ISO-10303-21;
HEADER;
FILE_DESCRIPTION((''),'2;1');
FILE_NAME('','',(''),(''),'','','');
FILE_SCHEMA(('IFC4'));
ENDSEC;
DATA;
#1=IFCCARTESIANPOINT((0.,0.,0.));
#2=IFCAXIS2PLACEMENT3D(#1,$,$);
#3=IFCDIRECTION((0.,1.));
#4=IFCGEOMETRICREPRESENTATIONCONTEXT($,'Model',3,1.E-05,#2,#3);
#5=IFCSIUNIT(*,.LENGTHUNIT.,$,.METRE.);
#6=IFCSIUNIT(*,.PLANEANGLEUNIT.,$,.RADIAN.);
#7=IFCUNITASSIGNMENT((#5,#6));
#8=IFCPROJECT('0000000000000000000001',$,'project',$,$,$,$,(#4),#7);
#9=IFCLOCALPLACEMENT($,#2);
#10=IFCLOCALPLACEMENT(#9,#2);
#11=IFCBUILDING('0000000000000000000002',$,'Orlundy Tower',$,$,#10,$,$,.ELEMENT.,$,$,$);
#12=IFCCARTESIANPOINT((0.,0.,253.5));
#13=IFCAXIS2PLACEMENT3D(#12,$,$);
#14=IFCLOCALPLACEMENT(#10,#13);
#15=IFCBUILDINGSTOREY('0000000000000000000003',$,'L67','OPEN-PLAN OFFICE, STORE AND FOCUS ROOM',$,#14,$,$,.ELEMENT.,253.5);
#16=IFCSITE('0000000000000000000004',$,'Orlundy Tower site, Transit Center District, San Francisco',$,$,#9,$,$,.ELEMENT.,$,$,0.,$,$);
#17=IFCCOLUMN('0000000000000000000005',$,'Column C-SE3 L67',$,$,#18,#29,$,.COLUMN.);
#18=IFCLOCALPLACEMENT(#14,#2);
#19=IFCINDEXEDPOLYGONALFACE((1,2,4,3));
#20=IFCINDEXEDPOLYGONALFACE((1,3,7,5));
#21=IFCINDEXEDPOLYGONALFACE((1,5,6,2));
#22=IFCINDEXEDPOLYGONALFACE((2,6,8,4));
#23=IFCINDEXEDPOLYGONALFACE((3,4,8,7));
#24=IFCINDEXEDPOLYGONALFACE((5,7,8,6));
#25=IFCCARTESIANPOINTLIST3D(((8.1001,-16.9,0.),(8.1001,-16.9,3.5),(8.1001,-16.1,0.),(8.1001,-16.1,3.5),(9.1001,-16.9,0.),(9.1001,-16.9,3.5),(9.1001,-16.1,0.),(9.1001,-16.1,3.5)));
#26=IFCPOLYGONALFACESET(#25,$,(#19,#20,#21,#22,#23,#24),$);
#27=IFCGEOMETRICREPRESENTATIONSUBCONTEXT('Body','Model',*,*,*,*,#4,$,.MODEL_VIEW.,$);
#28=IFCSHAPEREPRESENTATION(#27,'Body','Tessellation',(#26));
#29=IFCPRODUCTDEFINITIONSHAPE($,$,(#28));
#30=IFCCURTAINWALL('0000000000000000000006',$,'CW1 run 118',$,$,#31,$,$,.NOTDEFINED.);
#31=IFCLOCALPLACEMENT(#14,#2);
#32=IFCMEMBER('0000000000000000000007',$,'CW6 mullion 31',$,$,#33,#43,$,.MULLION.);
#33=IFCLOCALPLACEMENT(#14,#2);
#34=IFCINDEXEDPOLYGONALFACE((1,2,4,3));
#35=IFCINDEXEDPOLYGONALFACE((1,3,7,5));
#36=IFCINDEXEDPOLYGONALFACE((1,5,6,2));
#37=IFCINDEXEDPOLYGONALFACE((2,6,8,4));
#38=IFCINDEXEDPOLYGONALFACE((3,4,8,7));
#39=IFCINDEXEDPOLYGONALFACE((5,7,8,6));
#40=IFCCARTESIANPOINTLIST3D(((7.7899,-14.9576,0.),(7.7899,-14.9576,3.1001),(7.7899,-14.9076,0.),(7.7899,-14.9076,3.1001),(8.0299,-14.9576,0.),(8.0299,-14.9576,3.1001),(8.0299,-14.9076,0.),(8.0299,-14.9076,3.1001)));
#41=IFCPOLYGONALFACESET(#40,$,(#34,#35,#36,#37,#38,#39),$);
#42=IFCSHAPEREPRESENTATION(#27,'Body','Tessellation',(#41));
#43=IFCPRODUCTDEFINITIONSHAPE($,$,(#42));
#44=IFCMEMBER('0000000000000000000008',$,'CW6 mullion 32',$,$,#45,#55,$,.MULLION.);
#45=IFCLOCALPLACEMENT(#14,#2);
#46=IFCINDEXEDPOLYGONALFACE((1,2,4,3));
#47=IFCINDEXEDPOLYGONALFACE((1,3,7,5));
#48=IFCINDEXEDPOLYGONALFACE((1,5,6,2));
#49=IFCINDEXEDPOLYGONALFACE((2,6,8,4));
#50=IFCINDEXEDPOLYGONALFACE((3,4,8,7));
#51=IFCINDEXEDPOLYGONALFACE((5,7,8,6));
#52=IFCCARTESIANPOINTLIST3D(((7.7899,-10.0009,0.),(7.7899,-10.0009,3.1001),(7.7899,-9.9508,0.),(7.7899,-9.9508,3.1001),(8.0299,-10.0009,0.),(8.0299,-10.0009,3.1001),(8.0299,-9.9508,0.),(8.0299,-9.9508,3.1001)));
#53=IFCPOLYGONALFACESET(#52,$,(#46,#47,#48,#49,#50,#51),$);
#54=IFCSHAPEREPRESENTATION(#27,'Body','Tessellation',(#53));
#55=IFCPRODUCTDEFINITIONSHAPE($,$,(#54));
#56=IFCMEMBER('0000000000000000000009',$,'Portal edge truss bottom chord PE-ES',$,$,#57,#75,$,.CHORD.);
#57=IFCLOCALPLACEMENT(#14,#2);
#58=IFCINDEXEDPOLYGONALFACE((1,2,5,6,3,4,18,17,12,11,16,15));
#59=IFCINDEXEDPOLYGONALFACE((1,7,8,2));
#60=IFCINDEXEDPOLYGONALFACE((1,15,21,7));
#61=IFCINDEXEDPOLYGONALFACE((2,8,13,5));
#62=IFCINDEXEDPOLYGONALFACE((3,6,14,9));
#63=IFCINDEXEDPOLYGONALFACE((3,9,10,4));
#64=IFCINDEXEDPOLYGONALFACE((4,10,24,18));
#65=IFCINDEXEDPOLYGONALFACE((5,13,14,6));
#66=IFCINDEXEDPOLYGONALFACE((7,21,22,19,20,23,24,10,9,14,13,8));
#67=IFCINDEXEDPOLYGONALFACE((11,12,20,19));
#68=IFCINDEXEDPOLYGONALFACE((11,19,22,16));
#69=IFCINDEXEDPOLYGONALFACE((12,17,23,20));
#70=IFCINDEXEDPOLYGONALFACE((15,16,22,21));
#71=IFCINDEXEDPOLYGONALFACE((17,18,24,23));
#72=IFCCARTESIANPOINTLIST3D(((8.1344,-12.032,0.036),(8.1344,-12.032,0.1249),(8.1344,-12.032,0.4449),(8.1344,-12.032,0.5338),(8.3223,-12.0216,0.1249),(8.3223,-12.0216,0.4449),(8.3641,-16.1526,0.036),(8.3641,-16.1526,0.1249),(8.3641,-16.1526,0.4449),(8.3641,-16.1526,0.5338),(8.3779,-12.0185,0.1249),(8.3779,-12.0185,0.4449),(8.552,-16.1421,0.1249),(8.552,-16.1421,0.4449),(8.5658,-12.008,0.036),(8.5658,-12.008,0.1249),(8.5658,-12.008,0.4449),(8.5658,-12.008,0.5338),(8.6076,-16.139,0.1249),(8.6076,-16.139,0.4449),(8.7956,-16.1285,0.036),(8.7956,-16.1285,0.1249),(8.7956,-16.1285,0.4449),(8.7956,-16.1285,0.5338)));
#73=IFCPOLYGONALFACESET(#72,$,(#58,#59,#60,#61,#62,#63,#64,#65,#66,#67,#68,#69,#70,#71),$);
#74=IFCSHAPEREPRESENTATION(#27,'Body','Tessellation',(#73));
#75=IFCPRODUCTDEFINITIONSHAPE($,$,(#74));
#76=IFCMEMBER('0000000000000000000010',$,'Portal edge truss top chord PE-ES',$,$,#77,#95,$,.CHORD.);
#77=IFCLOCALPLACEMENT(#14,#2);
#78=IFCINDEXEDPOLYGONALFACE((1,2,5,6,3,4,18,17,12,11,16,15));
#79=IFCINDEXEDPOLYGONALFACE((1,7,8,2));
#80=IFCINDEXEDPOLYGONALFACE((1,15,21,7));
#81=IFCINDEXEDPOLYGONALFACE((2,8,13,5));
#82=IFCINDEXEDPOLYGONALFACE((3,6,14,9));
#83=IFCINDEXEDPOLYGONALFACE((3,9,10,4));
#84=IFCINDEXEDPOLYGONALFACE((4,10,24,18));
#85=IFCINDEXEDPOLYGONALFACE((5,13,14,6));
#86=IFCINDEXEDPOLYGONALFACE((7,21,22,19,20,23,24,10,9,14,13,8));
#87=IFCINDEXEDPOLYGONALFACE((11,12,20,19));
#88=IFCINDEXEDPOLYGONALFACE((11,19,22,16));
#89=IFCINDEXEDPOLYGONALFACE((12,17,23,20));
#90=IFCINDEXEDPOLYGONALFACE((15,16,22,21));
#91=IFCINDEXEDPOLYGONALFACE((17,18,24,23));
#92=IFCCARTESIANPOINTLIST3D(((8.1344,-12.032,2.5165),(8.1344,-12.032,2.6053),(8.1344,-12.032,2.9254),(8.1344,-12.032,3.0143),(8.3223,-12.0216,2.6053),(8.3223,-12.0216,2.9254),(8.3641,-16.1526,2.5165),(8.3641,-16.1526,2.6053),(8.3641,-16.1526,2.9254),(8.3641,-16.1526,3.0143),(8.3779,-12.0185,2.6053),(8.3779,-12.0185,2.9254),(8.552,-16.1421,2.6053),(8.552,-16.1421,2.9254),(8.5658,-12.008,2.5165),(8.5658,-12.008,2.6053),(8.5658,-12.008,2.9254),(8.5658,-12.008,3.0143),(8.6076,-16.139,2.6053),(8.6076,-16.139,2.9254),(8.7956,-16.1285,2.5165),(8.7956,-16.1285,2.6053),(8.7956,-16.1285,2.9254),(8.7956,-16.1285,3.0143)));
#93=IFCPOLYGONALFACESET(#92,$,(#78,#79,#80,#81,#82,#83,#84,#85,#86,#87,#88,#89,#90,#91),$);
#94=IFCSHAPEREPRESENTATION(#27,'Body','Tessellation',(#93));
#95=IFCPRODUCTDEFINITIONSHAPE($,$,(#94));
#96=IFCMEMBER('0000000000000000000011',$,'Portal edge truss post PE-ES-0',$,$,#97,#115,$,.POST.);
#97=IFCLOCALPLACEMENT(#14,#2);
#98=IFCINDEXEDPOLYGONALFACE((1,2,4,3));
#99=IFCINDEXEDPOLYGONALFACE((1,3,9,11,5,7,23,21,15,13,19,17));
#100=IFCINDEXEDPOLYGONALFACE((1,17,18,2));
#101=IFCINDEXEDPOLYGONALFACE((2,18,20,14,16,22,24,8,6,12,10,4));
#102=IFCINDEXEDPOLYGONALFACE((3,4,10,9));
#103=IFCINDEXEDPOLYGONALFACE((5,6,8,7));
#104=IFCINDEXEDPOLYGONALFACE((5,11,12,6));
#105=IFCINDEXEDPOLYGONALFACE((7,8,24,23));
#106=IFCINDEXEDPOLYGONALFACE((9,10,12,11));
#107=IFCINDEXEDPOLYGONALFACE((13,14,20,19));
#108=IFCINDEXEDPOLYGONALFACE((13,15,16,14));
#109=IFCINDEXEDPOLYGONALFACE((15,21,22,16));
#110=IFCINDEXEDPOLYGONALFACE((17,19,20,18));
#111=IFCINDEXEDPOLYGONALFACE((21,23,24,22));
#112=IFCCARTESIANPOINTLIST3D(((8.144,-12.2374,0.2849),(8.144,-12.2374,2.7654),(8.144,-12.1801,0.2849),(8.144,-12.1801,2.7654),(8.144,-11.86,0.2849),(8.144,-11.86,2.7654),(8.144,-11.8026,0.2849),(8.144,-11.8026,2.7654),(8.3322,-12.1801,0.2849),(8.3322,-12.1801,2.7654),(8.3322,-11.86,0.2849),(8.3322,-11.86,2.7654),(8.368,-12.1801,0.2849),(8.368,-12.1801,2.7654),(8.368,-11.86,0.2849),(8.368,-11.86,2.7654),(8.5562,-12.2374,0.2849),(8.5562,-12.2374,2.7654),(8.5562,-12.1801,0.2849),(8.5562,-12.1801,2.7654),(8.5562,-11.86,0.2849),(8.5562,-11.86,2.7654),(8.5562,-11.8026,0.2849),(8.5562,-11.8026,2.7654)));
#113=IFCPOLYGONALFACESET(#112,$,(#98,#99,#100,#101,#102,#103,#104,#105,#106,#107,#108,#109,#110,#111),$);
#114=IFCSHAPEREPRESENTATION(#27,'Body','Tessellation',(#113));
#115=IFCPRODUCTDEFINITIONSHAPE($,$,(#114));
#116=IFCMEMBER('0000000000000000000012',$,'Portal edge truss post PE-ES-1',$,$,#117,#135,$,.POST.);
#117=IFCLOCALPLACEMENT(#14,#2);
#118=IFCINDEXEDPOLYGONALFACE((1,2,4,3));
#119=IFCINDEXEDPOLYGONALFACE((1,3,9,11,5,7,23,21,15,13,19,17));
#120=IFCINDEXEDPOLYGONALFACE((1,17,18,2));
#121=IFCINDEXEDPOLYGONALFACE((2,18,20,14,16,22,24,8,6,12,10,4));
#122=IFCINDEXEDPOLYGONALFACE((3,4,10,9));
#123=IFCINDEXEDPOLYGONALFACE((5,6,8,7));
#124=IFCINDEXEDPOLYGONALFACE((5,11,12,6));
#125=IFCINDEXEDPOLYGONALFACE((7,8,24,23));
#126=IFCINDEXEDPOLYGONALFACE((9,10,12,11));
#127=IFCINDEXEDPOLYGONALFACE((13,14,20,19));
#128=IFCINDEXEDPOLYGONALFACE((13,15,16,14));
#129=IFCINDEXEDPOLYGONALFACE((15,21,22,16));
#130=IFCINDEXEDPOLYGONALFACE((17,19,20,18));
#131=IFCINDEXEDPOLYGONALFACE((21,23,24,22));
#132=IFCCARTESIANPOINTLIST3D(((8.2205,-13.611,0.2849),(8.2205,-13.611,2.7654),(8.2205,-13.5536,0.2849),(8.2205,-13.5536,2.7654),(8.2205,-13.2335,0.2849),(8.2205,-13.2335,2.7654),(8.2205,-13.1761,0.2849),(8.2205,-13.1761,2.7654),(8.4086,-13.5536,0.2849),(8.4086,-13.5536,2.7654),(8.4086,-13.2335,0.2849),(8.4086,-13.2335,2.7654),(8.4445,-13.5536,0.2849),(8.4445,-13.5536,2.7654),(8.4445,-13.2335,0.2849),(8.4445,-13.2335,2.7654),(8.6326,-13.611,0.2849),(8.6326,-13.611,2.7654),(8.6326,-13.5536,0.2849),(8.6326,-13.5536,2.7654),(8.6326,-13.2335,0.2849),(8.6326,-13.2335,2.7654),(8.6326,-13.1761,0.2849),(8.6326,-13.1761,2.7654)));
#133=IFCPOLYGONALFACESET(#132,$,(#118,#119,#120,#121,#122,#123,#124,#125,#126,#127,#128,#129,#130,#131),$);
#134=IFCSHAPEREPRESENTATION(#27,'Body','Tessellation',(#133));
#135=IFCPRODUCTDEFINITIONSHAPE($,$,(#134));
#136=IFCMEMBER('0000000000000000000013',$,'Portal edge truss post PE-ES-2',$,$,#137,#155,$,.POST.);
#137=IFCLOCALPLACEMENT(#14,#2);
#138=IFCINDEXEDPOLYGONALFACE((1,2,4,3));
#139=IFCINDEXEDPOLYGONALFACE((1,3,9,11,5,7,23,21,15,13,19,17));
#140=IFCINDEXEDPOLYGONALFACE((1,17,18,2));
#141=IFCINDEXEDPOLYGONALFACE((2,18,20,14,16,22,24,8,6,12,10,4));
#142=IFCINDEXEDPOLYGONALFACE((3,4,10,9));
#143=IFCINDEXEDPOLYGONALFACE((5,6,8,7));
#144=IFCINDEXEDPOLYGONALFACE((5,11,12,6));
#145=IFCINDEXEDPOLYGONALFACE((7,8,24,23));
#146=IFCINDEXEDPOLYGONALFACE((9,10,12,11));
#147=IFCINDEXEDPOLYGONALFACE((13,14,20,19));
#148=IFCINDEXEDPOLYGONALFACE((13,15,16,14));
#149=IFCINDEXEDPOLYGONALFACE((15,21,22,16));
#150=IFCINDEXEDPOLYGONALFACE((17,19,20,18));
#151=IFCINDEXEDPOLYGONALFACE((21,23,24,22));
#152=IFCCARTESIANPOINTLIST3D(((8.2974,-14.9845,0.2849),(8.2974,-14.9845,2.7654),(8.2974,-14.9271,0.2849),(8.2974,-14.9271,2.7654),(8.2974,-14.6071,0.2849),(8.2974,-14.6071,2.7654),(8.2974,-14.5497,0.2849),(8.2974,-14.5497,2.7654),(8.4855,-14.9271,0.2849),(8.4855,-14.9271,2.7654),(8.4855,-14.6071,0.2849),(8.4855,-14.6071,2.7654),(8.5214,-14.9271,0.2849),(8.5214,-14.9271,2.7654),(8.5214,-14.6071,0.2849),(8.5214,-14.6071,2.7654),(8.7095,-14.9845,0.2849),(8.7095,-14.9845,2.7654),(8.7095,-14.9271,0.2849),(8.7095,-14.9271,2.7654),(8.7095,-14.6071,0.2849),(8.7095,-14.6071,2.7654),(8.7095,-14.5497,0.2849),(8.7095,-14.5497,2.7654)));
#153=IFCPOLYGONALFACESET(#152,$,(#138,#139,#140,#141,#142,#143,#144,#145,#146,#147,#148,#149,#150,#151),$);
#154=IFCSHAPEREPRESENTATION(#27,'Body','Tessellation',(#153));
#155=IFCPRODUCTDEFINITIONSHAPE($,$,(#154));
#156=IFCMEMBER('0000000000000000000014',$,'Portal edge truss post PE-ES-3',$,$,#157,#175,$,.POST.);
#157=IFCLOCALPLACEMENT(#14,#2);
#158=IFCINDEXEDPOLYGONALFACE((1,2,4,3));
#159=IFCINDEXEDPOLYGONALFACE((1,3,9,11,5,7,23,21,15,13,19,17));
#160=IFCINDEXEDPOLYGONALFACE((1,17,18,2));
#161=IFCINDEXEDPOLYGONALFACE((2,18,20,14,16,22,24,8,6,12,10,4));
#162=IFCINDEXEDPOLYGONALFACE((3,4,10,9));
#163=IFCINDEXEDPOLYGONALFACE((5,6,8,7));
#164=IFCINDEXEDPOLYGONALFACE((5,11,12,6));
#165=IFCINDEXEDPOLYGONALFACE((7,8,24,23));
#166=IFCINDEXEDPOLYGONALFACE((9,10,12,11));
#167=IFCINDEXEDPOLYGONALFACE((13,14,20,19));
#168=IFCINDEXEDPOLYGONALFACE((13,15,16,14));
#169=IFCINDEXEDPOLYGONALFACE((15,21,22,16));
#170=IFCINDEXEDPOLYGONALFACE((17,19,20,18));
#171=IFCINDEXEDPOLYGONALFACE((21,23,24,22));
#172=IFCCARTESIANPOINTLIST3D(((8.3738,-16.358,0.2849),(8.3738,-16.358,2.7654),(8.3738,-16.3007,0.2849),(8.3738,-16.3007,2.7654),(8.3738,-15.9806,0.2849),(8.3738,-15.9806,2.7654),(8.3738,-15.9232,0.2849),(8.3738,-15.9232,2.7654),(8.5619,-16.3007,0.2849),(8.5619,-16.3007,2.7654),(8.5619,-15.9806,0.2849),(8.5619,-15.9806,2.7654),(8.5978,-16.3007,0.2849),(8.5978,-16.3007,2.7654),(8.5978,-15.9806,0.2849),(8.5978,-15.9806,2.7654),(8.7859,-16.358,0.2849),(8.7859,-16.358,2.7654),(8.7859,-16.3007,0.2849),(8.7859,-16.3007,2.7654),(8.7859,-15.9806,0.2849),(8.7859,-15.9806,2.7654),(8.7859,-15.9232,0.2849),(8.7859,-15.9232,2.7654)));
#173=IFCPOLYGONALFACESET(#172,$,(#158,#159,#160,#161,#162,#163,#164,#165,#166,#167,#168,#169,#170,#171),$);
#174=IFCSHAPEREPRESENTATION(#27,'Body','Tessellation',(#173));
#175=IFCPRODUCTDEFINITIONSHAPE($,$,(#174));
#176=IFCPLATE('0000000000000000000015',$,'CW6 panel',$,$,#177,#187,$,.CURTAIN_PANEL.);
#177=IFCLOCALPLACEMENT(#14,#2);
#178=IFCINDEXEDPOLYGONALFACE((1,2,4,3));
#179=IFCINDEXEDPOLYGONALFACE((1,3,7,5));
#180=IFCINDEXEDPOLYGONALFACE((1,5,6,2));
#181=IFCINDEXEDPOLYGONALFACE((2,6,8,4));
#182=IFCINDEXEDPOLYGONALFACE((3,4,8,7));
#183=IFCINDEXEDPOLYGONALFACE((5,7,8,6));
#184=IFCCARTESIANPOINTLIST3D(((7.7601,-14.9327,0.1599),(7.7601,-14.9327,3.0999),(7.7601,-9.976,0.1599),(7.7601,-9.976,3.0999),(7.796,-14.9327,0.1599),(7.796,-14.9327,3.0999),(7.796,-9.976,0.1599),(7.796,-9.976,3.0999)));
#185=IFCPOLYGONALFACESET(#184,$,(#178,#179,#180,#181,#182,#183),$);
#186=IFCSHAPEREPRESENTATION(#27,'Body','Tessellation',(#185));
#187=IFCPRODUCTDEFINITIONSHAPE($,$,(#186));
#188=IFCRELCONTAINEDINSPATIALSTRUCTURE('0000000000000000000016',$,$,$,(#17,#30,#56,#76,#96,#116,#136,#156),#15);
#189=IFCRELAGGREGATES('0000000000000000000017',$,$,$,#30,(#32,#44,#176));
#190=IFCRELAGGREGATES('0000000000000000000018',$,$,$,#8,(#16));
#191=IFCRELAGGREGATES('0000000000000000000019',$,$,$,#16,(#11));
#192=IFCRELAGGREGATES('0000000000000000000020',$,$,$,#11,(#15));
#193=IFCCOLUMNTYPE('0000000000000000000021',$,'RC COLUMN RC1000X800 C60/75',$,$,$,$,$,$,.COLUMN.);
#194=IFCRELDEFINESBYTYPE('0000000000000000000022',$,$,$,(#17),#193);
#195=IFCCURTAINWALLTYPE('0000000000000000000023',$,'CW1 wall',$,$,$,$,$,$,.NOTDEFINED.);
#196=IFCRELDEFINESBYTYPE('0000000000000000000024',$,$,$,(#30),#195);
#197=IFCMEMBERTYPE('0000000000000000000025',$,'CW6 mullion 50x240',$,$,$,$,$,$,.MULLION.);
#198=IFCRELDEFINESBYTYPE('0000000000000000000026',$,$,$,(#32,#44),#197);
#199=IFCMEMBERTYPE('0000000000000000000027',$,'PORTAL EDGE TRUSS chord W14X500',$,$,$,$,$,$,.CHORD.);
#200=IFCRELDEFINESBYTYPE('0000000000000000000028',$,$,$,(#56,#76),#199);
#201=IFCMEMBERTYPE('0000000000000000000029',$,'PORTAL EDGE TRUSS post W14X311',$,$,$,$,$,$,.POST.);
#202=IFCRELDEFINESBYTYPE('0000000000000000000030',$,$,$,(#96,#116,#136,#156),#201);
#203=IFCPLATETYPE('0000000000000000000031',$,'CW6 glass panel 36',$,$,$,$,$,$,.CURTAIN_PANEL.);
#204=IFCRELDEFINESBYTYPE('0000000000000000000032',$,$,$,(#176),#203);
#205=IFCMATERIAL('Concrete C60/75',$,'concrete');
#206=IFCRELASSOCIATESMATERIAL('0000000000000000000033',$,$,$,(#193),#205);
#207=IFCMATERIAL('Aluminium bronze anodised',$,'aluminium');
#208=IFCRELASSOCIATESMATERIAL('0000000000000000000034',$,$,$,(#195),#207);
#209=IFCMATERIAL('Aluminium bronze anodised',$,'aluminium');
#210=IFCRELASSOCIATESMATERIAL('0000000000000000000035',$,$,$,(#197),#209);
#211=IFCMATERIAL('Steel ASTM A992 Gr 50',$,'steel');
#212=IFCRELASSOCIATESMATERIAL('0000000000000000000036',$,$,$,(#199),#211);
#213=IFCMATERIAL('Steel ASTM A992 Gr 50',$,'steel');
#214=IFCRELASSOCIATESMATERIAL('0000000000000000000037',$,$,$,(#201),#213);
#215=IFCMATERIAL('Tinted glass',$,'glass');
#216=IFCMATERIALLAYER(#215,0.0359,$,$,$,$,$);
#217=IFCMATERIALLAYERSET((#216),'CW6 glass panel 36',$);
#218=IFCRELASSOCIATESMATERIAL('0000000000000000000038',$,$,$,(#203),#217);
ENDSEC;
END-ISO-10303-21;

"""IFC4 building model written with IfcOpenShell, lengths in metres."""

from ifc_helpers import new_model, si_unit, direction, frame, origin, origin_2d, place, context, subcontext, project, spatial, rectangle, i_section, extrude, material, layer, layer_set, material_profile, profile_set, type_object, element, aggregate, save


model = new_model("IFC4")

# Units and contexts
model_context = context("Model", 3, precision=1e-05, world=origin(), true_north=direction((0.0, 1.0)))
body_context = subcontext(model_context, "Body", "Model", "MODEL_VIEW")
ifc_project = project(units=[si_unit("LENGTHUNIT", "METRE"), si_unit("PLANEANGLEUNIT", "RADIAN")], contexts=[model_context])

# Site, building, storey
site_placement = place(None, origin())
site = spatial("IfcSite", under=ifc_project, at=site_placement, Name="Orlundy Tower site, Transit Center District, San Francisco", CompositionType="ELEMENT", RefElevation=0.0)
building_placement = place(site_placement, origin())
building = spatial("IfcBuilding", under=site, at=building_placement, Name="Orlundy Tower", CompositionType="ELEMENT")
storey_placement = place(building_placement, frame((0.0, 0.0, 253.5)))
storey = spatial("IfcBuildingStorey", under=building, at=storey_placement, Name="L67", Description="OPEN-PLAN OFFICE, STORE AND FOCUS ROOM", CompositionType="ELEMENT", Elevation=253.5)

# Column
ifc_material_1 = material(Name="Concrete C60/75", Category="concrete")
ifc_material_profile_1 = material_profile(ifc_material_1, rectangle(XDim=1.0, YDim=0.8, at=origin_2d()), Name="RC1000X800")
ifc_profile_set_1 = profile_set([ifc_material_profile_1], Name="Concrete C60/75")
column_type = type_object("IfcColumnType", Name="RC COLUMN RC1000X800 C60/75", PredefinedType="COLUMN", material=ifc_profile_set_1)
column_placement = place(storey_placement, frame((8.6001, -16.5, 0.0), z_axis=(0.0, 0.0, 1.0), x_axis=(1.0, 0.0, 0.0)))
element("IfcColumn", 1, at=column_placement, inside=storey, type_object=column_type, Name="Column C-SE3 L67", PredefinedType="COLUMN", context=body_context, shape_type="SweptSolid", body=[
    extrude(rectangle(XDim=1.0, YDim=0.8, at=origin_2d()), origin(), (0.0, 0.0, 1.0), 3.5),
])

# Curtain wall, members
ifc_material_2 = material(Name="Aluminium bronze anodised", Category="aluminium")
curtain_wall_type = type_object("IfcCurtainWallType", Name="CW1 wall", PredefinedType="NOTDEFINED", material=ifc_material_2)
curtain_wall_placement = place(storey_placement, origin())
curtain_wall = element("IfcCurtainWall", 2, at=curtain_wall_placement, inside=storey, type_object=curtain_wall_type, Name="CW1 run 118", PredefinedType="NOTDEFINED")
ifc_material_3 = material(Name="Aluminium bronze anodised", Category="aluminium")
ifc_material_profile_2 = material_profile(ifc_material_3, rectangle(XDim=0.24, YDim=0.05, at=origin_2d()), Name="CW6 mullion 50x240")
ifc_profile_set_2 = profile_set([ifc_material_profile_2], Name="Aluminium bronze anodised")
member_type_1 = type_object("IfcMemberType", Name="CW6 mullion 50x240", PredefinedType="MULLION", material=ifc_profile_set_2)
member_1_placement = place(storey_placement, frame((7.9099, -14.9326, 0.0), z_axis=(0.0, 0.0, 1.0), x_axis=(-1.0, 0.0, 0.0)))
member_1 = element("IfcMember", 3, at=member_1_placement, type_object=member_type_1, Name="CW6 mullion 31", PredefinedType="MULLION", context=body_context, shape_type="SweptSolid", body=[
    extrude(rectangle(XDim=0.24, YDim=0.05, at=origin_2d()), origin(), (0.0, 0.0, 1.0), 3.1001),
])
member_2_placement = place(storey_placement, frame((7.9099, -9.9758, 0.0), z_axis=(0.0, 0.0, 1.0), x_axis=(-1.0, 0.0, 0.0)))
member_2 = element("IfcMember", 4, at=member_2_placement, type_object=member_type_1, Name="CW6 mullion 32", PredefinedType="MULLION", context=body_context, shape_type="SweptSolid", body=[
    extrude(rectangle(XDim=0.24, YDim=0.05, at=origin_2d()), origin(), (0.0, 0.0, 1.0), 3.1001),
])

# Members
ifc_material_4 = material(Name="Steel ASTM A992 Gr 50", Category="steel")
ifc_material_profile_3 = material_profile(ifc_material_4, i_section(OverallWidth=0.4321, OverallDepth=0.4978, WebThickness=0.0557, FlangeThickness=0.0889, at=origin_2d()), Name="W14X500")
ifc_profile_set_3 = profile_set([ifc_material_profile_3], Name="Steel ASTM A992 Gr 50")
member_type_2 = type_object("IfcMemberType", Name="PORTAL EDGE TRUSS chord W14X500", PredefinedType="CHORD", material=ifc_profile_set_3)
for number, where, z_axis, x_axis, name in (
    (5, (8.3501, -12.02, 0.2849), (0.055667, -0.998449, 0.0), (0.998449, 0.055667, 0.0), "Portal edge truss bottom chord PE-ES"),
    (6, (8.3501, -12.02, 2.7654), (0.055667, -0.998449, 0.0), (0.998449, 0.055667, 0.0), "Portal edge truss top chord PE-ES"),
):
    element("IfcMember", number, at=place(storey_placement, frame(where, z_axis=z_axis, x_axis=x_axis)), inside=storey, type_object=member_type_2, Name=name, PredefinedType="CHORD", context=body_context, shape_type="SweptSolid", body=[
        extrude(i_section(OverallWidth=0.4321, OverallDepth=0.4978, WebThickness=0.0557, FlangeThickness=0.0889, at=origin_2d()), origin(), (0.0, 0.0, 1.0), 4.127),
    ])
ifc_material_5 = material(Name="Steel ASTM A992 Gr 50", Category="steel")
ifc_material_profile_4 = material_profile(ifc_material_5, i_section(OverallWidth=0.4121, OverallDepth=0.4348, WebThickness=0.0359, FlangeThickness=0.0574, at=origin_2d()), Name="W14X311")
ifc_profile_set_4 = profile_set([ifc_material_profile_4], Name="Steel ASTM A992 Gr 50")
member_type_3 = type_object("IfcMemberType", Name="PORTAL EDGE TRUSS post W14X311", PredefinedType="POST", material=ifc_profile_set_4)
for number, where, z_axis, x_axis, name in (
    (7, (8.3501, -12.02, 0.2849), (0.0, 0.0, 1.0), (1.0, 0.0, 0.0), "Portal edge truss post PE-ES-0"),
    (8, (8.4265, -13.3936, 0.2849), (0.0, 0.0, 1.0), (1.0, 0.0, 0.0), "Portal edge truss post PE-ES-1"),
    (9, (8.5034, -14.7671, 0.2849), (0.0, 0.0, 1.0), (1.0, 0.0, 0.0), "Portal edge truss post PE-ES-2"),
    (10, (8.5798, -16.1406, 0.2849), (0.0, 0.0, 1.0), (1.0, 0.0, 0.0), "Portal edge truss post PE-ES-3"),
):
    element("IfcMember", number, at=place(storey_placement, frame(where, z_axis=z_axis, x_axis=x_axis)), inside=storey, type_object=member_type_3, Name=name, PredefinedType="POST", context=body_context, shape_type="SweptSolid", body=[
        extrude(i_section(OverallWidth=0.4121, OverallDepth=0.4348, WebThickness=0.0359, FlangeThickness=0.0574, at=origin_2d()), origin(), (0.0, 0.0, 1.0), 2.4805),
    ])

# Plate
ifc_material_6 = material(Name="Tinted glass", Category="glass")
ifc_layer_1 = layer(ifc_material_6, 0.0359)
ifc_layer_set_1 = layer_set([ifc_layer_1], Name="CW6 glass panel 36")
plate_type = type_object("IfcPlateType", Name="CW6 glass panel 36", PredefinedType="CURTAIN_PANEL", material=ifc_layer_set_1)
plate_placement = place(storey_placement, frame((7.7781, -12.4543, 0.1599), z_axis=(0.0, 0.0, 1.0), x_axis=(0.0, 1.0, 0.0)))
plate = element("IfcPlate", 11, at=plate_placement, type_object=plate_type, Name="CW6 panel", PredefinedType="CURTAIN_PANEL", context=body_context, shape_type="SweptSolid", body=[
    extrude(rectangle(XDim=4.9568, YDim=0.0359, at=origin_2d()), origin(), (0.0, 0.0, 1.0), 2.9399),
])
aggregate(curtain_wall, [member_1, member_2, plate])

save(model, "model.ifc")
